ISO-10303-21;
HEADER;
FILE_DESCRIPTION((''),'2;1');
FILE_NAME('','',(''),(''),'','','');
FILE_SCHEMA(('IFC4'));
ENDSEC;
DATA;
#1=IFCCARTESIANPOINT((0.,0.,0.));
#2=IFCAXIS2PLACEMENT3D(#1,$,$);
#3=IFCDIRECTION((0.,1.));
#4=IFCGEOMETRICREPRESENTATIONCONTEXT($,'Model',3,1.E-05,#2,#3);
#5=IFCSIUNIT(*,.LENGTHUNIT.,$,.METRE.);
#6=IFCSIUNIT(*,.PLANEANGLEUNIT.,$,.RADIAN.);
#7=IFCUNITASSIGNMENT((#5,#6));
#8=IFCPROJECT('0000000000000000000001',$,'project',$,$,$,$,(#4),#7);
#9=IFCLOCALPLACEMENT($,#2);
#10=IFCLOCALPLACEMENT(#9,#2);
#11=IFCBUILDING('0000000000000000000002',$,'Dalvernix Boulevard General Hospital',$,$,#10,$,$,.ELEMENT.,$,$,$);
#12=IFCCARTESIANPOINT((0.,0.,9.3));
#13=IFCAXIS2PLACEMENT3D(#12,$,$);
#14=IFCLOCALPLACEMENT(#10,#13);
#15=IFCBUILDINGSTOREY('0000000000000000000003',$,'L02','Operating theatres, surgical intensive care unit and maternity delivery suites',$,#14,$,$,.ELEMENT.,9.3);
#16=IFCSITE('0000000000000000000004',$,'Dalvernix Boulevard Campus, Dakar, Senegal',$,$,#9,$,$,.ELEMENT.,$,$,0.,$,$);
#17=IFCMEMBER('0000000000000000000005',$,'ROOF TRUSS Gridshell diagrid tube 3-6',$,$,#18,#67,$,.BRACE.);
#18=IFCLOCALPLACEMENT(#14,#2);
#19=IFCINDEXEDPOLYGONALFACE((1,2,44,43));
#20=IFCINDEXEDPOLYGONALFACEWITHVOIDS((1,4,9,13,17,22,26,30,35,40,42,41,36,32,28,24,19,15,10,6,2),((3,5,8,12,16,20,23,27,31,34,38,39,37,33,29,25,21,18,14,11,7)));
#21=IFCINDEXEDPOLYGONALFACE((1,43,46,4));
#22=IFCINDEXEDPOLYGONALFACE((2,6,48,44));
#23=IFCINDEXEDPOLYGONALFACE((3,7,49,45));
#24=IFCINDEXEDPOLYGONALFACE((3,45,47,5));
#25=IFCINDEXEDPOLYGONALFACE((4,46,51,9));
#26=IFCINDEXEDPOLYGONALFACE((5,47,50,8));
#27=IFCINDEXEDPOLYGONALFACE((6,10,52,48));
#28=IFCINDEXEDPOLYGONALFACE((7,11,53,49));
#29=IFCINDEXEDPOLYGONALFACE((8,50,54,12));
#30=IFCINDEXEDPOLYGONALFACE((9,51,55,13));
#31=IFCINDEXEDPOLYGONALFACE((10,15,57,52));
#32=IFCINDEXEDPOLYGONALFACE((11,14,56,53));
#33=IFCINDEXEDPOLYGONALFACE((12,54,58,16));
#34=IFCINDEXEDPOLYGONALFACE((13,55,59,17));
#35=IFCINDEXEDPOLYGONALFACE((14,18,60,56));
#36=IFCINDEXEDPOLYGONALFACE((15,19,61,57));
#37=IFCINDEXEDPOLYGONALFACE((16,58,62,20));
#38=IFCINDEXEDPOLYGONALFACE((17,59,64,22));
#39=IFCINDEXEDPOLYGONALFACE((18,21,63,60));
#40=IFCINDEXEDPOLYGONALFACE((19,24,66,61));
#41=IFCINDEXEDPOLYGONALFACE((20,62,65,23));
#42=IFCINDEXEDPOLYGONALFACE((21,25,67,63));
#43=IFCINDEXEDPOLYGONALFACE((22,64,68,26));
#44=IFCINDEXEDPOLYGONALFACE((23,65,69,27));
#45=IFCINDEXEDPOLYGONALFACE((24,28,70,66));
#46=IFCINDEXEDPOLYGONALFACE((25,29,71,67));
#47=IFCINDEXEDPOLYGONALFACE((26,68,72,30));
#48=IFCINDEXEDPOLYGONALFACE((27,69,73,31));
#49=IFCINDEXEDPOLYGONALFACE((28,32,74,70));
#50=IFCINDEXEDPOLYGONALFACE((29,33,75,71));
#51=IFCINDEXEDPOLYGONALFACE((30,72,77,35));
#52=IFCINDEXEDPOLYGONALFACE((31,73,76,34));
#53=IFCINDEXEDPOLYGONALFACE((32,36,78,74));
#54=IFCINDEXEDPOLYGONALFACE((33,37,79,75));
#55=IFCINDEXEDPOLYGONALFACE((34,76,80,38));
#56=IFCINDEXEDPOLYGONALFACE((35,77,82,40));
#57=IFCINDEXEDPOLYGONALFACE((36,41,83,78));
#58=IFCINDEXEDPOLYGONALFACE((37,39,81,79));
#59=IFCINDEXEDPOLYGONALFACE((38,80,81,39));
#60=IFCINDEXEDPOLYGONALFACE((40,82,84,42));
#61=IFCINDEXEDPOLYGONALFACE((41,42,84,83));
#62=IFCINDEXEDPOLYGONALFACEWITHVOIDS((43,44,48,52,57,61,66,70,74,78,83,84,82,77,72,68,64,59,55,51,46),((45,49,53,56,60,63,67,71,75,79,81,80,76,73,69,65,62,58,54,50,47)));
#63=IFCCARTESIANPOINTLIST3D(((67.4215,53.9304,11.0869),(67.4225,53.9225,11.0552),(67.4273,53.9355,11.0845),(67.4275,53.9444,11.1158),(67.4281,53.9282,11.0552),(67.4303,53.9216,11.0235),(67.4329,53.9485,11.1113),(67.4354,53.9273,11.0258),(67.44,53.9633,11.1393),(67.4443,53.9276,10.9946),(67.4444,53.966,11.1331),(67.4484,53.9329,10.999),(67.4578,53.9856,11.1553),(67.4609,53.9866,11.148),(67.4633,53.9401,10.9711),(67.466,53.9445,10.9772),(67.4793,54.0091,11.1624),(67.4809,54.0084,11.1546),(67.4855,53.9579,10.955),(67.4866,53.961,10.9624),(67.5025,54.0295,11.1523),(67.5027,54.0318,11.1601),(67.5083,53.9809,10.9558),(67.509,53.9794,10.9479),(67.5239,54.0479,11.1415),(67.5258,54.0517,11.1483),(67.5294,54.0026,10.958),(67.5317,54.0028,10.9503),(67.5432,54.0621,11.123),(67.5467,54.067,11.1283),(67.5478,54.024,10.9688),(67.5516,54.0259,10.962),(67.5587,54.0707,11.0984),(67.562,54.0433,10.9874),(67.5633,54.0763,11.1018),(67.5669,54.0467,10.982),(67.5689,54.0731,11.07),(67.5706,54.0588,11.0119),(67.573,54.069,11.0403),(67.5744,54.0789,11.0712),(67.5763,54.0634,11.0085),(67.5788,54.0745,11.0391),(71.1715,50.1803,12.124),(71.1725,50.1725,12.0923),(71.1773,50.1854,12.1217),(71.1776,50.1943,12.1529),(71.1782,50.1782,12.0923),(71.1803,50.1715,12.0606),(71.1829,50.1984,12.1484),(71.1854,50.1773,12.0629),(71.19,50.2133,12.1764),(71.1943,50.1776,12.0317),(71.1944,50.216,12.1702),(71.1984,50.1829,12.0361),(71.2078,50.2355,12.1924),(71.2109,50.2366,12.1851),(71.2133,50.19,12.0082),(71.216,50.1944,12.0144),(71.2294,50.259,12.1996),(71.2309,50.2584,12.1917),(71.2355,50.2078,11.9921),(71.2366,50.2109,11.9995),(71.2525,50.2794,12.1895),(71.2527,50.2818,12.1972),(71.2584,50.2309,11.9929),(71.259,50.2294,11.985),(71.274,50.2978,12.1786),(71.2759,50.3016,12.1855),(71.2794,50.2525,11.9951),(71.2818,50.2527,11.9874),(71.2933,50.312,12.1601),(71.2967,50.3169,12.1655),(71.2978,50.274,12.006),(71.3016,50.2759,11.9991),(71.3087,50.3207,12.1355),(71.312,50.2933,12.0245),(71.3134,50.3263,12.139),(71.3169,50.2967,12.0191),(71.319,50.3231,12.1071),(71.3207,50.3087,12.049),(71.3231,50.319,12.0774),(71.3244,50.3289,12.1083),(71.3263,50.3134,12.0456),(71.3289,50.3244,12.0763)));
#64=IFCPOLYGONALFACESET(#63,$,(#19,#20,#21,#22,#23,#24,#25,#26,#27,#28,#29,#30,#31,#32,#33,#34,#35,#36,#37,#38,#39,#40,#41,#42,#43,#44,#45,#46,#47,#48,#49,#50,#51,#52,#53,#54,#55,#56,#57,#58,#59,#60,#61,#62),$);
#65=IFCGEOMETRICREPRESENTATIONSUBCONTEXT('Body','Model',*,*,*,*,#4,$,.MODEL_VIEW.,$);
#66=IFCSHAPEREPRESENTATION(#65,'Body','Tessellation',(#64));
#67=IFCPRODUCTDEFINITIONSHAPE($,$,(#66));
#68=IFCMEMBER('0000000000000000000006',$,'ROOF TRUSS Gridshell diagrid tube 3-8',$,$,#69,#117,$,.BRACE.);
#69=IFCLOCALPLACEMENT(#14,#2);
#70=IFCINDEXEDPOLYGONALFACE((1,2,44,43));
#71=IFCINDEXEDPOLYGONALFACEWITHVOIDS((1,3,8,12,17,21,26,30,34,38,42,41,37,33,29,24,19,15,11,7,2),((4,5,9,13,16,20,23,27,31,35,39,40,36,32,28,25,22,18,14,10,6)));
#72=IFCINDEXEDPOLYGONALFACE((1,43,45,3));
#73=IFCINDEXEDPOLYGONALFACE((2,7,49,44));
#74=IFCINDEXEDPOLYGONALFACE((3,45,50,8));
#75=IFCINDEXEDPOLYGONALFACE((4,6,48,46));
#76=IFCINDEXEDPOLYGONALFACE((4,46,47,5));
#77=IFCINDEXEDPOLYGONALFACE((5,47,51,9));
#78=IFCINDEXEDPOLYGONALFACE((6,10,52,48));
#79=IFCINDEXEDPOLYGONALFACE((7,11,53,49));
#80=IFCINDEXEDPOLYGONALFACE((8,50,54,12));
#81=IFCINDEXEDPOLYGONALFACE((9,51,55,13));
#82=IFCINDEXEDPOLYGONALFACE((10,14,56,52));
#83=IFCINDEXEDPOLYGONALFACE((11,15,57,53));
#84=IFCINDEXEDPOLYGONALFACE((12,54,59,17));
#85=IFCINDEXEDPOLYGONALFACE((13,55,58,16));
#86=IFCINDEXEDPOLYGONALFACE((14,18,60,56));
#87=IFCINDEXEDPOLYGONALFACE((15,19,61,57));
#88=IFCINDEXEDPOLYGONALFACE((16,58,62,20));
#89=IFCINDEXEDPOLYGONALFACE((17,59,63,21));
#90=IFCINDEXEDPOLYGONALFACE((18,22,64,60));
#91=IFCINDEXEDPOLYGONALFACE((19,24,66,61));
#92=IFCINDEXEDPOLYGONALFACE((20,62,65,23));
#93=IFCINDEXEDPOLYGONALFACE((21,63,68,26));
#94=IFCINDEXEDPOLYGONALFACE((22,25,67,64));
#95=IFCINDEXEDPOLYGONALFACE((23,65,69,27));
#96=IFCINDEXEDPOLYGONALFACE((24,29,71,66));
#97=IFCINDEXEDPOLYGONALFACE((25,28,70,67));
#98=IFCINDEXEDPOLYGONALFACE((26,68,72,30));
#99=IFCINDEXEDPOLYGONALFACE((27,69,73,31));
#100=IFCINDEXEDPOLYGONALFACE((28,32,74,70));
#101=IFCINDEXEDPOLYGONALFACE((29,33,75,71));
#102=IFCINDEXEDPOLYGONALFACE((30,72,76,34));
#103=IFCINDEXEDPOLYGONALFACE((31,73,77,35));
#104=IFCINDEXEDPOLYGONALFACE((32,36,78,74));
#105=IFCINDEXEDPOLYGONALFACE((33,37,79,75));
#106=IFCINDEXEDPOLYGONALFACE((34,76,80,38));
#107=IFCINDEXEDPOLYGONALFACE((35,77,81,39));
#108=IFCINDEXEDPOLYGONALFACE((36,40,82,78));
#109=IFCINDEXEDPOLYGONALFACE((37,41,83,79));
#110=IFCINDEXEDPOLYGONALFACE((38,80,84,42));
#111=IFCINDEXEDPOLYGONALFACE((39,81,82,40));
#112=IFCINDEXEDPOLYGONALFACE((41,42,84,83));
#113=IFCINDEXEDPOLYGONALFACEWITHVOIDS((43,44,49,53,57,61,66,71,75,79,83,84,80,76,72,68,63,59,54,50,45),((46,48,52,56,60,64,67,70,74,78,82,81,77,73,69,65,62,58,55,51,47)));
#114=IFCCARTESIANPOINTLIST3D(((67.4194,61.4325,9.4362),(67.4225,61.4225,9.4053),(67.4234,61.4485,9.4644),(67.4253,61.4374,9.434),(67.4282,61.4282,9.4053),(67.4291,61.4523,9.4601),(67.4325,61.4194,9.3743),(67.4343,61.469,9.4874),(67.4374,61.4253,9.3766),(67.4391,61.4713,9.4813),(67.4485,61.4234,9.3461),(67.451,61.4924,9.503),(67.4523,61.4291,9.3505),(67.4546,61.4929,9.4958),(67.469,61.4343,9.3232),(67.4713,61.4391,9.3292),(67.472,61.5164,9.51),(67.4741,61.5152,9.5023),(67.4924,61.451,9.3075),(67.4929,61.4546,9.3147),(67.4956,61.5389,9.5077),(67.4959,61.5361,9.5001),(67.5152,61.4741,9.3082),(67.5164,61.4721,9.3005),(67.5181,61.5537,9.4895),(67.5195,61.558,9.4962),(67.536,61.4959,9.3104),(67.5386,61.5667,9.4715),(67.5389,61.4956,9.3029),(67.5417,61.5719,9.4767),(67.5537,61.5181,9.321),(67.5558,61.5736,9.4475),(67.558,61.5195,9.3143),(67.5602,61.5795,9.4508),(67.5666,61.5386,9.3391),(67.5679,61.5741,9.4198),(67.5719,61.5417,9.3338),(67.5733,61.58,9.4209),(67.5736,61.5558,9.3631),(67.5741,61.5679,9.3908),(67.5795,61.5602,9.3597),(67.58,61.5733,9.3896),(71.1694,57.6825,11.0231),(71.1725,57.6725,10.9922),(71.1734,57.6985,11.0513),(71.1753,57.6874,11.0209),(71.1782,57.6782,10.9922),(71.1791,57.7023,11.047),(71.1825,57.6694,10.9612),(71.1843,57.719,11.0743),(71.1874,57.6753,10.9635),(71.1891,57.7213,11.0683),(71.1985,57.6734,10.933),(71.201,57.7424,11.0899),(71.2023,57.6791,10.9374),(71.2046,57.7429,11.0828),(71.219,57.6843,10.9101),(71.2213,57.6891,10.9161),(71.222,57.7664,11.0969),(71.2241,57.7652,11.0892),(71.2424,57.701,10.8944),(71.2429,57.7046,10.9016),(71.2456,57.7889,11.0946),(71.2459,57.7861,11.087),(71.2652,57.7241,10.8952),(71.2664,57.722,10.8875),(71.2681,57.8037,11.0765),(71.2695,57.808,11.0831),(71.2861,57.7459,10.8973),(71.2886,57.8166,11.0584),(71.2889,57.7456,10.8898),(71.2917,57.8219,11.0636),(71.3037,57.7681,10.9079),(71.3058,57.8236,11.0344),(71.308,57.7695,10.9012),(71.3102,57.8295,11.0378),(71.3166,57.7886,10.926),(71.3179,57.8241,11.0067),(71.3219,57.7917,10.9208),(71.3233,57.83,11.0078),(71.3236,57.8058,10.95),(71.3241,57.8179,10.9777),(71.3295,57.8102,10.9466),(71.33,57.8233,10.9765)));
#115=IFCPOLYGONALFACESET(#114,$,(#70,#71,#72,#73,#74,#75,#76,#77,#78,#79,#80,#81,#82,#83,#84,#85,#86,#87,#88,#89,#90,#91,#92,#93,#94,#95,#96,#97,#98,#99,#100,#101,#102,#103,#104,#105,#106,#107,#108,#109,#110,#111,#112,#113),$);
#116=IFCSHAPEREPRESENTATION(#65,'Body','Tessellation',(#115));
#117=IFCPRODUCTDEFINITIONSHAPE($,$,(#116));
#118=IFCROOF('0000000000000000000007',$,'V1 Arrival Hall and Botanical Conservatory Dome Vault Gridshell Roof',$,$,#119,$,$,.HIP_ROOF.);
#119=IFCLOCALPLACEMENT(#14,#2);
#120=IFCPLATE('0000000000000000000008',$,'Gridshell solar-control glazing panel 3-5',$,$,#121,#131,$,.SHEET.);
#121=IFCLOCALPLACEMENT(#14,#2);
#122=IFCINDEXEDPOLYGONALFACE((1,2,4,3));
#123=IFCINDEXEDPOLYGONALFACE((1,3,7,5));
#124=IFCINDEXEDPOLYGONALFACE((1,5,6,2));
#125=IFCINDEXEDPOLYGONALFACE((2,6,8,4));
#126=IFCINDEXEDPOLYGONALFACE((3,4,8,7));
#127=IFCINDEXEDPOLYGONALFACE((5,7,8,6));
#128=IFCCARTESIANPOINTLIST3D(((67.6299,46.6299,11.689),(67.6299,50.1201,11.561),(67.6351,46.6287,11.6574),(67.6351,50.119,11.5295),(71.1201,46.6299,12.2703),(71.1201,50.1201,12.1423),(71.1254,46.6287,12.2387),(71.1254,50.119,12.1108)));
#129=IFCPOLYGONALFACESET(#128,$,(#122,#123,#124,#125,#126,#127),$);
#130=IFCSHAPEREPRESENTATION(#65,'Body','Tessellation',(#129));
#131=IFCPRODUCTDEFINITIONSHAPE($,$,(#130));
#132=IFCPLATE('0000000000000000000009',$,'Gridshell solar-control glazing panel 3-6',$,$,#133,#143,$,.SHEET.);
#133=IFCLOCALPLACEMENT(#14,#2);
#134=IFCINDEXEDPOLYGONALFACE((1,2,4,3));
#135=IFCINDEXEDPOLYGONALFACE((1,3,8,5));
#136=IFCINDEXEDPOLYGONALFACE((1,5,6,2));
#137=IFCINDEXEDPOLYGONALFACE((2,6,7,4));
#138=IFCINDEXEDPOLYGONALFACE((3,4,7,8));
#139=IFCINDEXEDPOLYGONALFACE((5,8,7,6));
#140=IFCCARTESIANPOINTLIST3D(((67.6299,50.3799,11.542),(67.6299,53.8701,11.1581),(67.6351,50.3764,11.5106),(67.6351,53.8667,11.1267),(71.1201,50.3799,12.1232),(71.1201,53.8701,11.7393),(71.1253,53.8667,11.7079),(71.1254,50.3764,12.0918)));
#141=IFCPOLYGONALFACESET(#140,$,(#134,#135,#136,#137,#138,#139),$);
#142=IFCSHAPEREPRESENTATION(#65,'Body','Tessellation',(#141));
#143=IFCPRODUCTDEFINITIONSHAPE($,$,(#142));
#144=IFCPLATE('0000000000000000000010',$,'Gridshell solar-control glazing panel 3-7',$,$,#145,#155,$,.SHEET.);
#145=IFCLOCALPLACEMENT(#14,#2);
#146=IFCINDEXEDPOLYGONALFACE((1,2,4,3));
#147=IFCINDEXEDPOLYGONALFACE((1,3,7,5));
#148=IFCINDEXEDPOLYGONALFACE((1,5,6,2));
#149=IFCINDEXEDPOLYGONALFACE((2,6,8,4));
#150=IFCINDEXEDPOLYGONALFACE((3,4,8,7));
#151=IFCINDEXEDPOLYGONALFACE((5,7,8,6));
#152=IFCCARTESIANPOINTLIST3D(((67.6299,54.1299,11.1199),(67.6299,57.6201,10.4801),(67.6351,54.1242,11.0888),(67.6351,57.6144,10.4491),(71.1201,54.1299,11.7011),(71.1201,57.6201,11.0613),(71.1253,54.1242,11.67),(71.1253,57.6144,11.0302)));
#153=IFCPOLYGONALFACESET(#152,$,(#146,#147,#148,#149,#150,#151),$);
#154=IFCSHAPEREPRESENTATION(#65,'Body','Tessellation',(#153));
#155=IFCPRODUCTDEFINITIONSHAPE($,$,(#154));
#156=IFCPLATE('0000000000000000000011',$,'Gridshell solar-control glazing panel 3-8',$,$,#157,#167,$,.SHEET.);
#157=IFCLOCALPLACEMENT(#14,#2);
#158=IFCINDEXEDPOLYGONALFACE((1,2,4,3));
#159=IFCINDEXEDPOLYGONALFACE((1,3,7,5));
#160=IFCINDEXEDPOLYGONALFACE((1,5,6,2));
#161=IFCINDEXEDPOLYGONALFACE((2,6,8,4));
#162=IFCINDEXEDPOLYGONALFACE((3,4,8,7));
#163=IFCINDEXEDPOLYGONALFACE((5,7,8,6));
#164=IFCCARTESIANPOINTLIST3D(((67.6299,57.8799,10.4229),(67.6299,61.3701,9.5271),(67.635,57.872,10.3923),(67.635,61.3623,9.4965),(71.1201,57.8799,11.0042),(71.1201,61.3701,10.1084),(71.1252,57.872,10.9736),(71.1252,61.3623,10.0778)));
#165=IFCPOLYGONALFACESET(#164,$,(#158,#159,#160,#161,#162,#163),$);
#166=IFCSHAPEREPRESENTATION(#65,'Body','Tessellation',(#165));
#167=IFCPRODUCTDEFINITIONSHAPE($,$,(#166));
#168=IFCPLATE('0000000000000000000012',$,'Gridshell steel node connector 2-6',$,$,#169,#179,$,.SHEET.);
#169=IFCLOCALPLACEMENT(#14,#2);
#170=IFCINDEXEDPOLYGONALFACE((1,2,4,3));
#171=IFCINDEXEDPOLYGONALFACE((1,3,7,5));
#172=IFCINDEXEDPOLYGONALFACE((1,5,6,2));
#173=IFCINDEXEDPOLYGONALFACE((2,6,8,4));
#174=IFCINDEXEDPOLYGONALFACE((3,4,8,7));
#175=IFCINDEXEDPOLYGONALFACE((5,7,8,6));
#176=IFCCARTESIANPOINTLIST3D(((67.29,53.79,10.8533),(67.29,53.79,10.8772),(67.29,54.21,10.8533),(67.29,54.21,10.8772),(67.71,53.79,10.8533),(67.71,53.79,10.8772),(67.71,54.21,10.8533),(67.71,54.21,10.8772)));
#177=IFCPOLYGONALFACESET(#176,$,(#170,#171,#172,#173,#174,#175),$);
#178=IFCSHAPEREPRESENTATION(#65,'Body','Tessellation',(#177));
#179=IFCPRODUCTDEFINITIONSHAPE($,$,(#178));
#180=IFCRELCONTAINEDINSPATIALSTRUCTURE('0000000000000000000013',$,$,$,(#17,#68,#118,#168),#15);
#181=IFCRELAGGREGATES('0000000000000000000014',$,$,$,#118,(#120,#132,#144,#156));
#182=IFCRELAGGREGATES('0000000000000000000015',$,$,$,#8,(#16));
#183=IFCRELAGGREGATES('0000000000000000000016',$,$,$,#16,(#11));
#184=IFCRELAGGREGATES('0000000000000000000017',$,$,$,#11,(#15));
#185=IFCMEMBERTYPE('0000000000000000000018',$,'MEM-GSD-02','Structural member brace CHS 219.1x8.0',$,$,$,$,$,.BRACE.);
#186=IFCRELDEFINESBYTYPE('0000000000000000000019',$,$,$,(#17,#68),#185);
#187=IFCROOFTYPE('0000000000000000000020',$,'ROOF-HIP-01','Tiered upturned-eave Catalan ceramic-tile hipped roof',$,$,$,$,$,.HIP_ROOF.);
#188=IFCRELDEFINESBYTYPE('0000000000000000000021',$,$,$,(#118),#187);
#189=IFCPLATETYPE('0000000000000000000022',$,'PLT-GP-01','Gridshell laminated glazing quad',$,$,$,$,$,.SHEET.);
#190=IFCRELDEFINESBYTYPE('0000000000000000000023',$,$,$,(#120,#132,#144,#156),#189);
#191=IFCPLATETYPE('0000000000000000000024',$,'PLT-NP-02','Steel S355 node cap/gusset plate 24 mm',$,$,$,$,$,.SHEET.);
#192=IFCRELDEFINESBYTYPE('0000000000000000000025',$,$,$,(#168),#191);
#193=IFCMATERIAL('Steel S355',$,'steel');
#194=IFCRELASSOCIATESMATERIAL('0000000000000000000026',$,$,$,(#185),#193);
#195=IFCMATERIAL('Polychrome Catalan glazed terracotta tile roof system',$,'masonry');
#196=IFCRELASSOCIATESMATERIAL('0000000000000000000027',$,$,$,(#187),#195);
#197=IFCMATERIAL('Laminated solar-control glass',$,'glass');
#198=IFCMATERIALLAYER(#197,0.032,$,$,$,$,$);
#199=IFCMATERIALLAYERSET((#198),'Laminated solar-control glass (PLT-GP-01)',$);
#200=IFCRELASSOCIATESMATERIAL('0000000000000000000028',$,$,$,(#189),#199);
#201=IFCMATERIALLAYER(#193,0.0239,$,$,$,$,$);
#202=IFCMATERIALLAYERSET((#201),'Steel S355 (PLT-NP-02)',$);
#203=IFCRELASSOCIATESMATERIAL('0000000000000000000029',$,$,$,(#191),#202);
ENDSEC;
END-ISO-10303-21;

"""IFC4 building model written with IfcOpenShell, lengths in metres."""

from ifc_helpers import new_model, si_unit, direction, frame, origin, origin_2d, place, context, subcontext, project, spatial, polyline, rectangle, hollow_circle, outline, extrude, material, layer, layer_set, material_profile, profile_set, type_object, element, aggregate, save


model = new_model("IFC4")

# Units and contexts
model_context = context("Model", 3, precision=1e-05, world=origin(), true_north=direction((0.0, 1.0)))
body_context = subcontext(model_context, "Body", "Model", "MODEL_VIEW")
ifc_project = project(units=[si_unit("LENGTHUNIT", "METRE"), si_unit("PLANEANGLEUNIT", "RADIAN")], contexts=[model_context])

# Site, building, storey
site_placement = place(None, origin())
site = spatial("IfcSite", under=ifc_project, at=site_placement, Name="Dalvernix Boulevard Campus, Dakar, Senegal", CompositionType="ELEMENT", RefElevation=0.0)
building_placement = place(site_placement, origin())
building = spatial("IfcBuilding", under=site, at=building_placement, Name="Dalvernix Boulevard General Hospital", CompositionType="ELEMENT")
storey_placement = place(building_placement, frame((0.0, 0.0, 9.3)))
storey = spatial("IfcBuildingStorey", under=building, at=storey_placement, Name="L02", Description="Operating theatres, surgical intensive care unit and maternity delivery suites", CompositionType="ELEMENT", Elevation=9.3)

# Shared definitions
ifc_material_1 = material(Name="Steel S355", Category="steel")

# Members
ifc_material_profile_1 = material_profile(ifc_material_1, hollow_circle(Radius=0.1096, WallThickness=0.0081, at=origin_2d()), Name="CHS 219.1x8.0")
ifc_profile_set_1 = profile_set([ifc_material_profile_1], Name="Steel S355")
member_type_1 = type_object("IfcMemberType", Name="MEM-GSD-02", Description="Structural member brace CHS 219.1x8.0", PredefinedType="BRACE", material=ifc_profile_set_1)
member_1_placement = place(storey_placement, frame((71.25, 50.25, 12.0923), z_axis=(-0.693962, 0.693962, -0.191924), x_axis=(-0.707107, -0.707107, 0.0)))
element("IfcMember", 1, at=member_1_placement, inside=storey, type_object=member_type_1, Name="ROOF TRUSS Gridshell diagrid tube 3-6", PredefinedType="BRACE", context=body_context, shape_type="SweptSolid", body=[
    extrude(hollow_circle(Radius=0.1096, WallThickness=0.0081, at=origin_2d()), origin(), (0.0, 0.0, 1.0), 5.4038),
])
member_2_placement = place(storey_placement, frame((71.25, 57.75, 10.9922), z_axis=(-0.677429, 0.677429, -0.286672), x_axis=(-0.707107, -0.707107, 0.0)))
element("IfcMember", 2, at=member_2_placement, inside=storey, type_object=member_type_1, Name="ROOF TRUSS Gridshell diagrid tube 3-8", PredefinedType="BRACE", context=body_context, shape_type="SweptSolid", body=[
    extrude(hollow_circle(Radius=0.1096, WallThickness=0.0081, at=origin_2d()), origin(), (0.0, 0.0, 1.0), 5.5356),
])

# Roof, plates
ifc_material_2 = material(Name="Polychrome Catalan glazed terracotta tile roof system", Category="masonry")
roof_type = type_object("IfcRoofType", Name="ROOF-HIP-01", Description="Tiered upturned-eave Catalan ceramic-tile hipped roof", PredefinedType="HIP_ROOF", material=ifc_material_2)
roof_placement = place(storey_placement, origin())
roof = element("IfcRoof", 3, at=roof_placement, inside=storey, type_object=roof_type, Name="V1 Arrival Hall and Botanical Conservatory Dome Vault Gridshell Roof", PredefinedType="HIP_ROOF")
ifc_material_3 = material(Name="Laminated solar-control glass", Category="glass")
ifc_layer_1 = layer(ifc_material_3, 0.032)
ifc_layer_set_1 = layer_set([ifc_layer_1], Name="Laminated solar-control glass (PLT-GP-01)")
plate_type_1 = type_object("IfcPlateType", Name="PLT-GP-01", Description="Gridshell laminated glazing quad", PredefinedType="SHEET", material=ifc_layer_set_1)
plate_1_placement = place(storey_placement, frame((67.6299, 46.6299, 11.689), z_axis=(-0.16418, 0.036132, 0.985768), x_axis=(0.986413, 0.0, 0.164287)))
plate_1 = element("IfcPlate", 4, at=plate_1_placement, type_object=plate_type_1, Name="Gridshell solar-control glazing panel 3-5", PredefinedType="SHEET", context=body_context, shape_type="SweptSolid", body=[
    extrude(outline(polyline([(0.0, 0.0), (3.5383, 0.0), (3.5173, 3.4925), (-0.021, 3.4925), (0.0, 0.0)])), origin(), (0.0, 0.0, -1.0), 0.032),
])
plate_2_placement = place(storey_placement, frame((67.6299, 50.3799, 11.542), z_axis=(-0.163295, 0.107869, 0.980663), x_axis=(0.986418, -0.000004, 0.164254)))
plate_2 = element("IfcPlate", 5, at=plate_2_placement, type_object=plate_type_1, Name="Gridshell solar-control glazing panel 3-6", PredefinedType="SHEET", context=body_context, shape_type="SweptSolid", body=[
    extrude(outline(polyline([(0.0, 0.0), (3.5383, 0.0), (3.4752, 3.5107), (-0.0631, 3.5107), (0.0, 0.0)])), origin(), (0.0, 0.0, -1.0), 0.032),
])
plate_3_placement = place(storey_placement, frame((67.6299, 54.1299, 11.1199), z_axis=(-0.161633, 0.177928, 0.970678), x_axis=(0.986418, -0.000006, 0.164255)))
plate_3 = element("IfcPlate", 6, at=plate_3_placement, type_object=plate_type_1, Name="Gridshell solar-control glazing panel 3-7", PredefinedType="SHEET", context=body_context, shape_type="SweptSolid", body=[
    extrude(outline(polyline([(0.0, 0.0), (3.5383, 0.0), (3.4332, 3.5469), (-0.1051, 3.5468), (0.0, 0.0)])), origin(), (0.0, 0.0, -1.0), 0.032),
])
plate_4_placement = place(storey_placement, frame((67.6299, 57.8799, 10.4229), z_axis=(-0.159263, 0.245416, 0.956246), x_axis=(0.986413, 0.0, 0.164287)))
plate_4 = element("IfcPlate", 7, at=plate_4_placement, type_object=plate_type_1, Name="Gridshell solar-control glazing panel 3-8", PredefinedType="SHEET", context=body_context, shape_type="SweptSolid", body=[
    extrude(outline(polyline([(0.0, 0.0), (3.5383, 0.0), (3.3912, 3.6003), (-0.1472, 3.6003), (0.0, 0.0)])), origin(), (0.0, 0.0, -1.0), 0.032),
])
aggregate(roof, [plate_1, plate_2, plate_3, plate_4])

# Plate
ifc_layer_2 = layer(ifc_material_1, 0.0239)
ifc_layer_set_2 = layer_set([ifc_layer_2], Name="Steel S355 (PLT-NP-02)")
plate_type_2 = type_object("IfcPlateType", Name="PLT-NP-02", Description="Steel S355 node cap/gusset plate 24 mm", PredefinedType="SHEET", material=ifc_layer_set_2)
plate_5_placement = place(storey_placement, frame((67.5, 54.0, 10.8533), z_axis=(0.0, 0.0, 1.0), x_axis=(1.0, 0.0, 0.0)))
element("IfcPlate", 8, at=plate_5_placement, inside=storey, type_object=plate_type_2, Name="Gridshell steel node connector 2-6", PredefinedType="SHEET", context=body_context, shape_type="SweptSolid", body=[
    extrude(rectangle(XDim=0.4199, YDim=0.4199, at=origin_2d()), origin(), (0.0, 0.0, 1.0), 0.0239),
])

save(model, "model.ifc")
